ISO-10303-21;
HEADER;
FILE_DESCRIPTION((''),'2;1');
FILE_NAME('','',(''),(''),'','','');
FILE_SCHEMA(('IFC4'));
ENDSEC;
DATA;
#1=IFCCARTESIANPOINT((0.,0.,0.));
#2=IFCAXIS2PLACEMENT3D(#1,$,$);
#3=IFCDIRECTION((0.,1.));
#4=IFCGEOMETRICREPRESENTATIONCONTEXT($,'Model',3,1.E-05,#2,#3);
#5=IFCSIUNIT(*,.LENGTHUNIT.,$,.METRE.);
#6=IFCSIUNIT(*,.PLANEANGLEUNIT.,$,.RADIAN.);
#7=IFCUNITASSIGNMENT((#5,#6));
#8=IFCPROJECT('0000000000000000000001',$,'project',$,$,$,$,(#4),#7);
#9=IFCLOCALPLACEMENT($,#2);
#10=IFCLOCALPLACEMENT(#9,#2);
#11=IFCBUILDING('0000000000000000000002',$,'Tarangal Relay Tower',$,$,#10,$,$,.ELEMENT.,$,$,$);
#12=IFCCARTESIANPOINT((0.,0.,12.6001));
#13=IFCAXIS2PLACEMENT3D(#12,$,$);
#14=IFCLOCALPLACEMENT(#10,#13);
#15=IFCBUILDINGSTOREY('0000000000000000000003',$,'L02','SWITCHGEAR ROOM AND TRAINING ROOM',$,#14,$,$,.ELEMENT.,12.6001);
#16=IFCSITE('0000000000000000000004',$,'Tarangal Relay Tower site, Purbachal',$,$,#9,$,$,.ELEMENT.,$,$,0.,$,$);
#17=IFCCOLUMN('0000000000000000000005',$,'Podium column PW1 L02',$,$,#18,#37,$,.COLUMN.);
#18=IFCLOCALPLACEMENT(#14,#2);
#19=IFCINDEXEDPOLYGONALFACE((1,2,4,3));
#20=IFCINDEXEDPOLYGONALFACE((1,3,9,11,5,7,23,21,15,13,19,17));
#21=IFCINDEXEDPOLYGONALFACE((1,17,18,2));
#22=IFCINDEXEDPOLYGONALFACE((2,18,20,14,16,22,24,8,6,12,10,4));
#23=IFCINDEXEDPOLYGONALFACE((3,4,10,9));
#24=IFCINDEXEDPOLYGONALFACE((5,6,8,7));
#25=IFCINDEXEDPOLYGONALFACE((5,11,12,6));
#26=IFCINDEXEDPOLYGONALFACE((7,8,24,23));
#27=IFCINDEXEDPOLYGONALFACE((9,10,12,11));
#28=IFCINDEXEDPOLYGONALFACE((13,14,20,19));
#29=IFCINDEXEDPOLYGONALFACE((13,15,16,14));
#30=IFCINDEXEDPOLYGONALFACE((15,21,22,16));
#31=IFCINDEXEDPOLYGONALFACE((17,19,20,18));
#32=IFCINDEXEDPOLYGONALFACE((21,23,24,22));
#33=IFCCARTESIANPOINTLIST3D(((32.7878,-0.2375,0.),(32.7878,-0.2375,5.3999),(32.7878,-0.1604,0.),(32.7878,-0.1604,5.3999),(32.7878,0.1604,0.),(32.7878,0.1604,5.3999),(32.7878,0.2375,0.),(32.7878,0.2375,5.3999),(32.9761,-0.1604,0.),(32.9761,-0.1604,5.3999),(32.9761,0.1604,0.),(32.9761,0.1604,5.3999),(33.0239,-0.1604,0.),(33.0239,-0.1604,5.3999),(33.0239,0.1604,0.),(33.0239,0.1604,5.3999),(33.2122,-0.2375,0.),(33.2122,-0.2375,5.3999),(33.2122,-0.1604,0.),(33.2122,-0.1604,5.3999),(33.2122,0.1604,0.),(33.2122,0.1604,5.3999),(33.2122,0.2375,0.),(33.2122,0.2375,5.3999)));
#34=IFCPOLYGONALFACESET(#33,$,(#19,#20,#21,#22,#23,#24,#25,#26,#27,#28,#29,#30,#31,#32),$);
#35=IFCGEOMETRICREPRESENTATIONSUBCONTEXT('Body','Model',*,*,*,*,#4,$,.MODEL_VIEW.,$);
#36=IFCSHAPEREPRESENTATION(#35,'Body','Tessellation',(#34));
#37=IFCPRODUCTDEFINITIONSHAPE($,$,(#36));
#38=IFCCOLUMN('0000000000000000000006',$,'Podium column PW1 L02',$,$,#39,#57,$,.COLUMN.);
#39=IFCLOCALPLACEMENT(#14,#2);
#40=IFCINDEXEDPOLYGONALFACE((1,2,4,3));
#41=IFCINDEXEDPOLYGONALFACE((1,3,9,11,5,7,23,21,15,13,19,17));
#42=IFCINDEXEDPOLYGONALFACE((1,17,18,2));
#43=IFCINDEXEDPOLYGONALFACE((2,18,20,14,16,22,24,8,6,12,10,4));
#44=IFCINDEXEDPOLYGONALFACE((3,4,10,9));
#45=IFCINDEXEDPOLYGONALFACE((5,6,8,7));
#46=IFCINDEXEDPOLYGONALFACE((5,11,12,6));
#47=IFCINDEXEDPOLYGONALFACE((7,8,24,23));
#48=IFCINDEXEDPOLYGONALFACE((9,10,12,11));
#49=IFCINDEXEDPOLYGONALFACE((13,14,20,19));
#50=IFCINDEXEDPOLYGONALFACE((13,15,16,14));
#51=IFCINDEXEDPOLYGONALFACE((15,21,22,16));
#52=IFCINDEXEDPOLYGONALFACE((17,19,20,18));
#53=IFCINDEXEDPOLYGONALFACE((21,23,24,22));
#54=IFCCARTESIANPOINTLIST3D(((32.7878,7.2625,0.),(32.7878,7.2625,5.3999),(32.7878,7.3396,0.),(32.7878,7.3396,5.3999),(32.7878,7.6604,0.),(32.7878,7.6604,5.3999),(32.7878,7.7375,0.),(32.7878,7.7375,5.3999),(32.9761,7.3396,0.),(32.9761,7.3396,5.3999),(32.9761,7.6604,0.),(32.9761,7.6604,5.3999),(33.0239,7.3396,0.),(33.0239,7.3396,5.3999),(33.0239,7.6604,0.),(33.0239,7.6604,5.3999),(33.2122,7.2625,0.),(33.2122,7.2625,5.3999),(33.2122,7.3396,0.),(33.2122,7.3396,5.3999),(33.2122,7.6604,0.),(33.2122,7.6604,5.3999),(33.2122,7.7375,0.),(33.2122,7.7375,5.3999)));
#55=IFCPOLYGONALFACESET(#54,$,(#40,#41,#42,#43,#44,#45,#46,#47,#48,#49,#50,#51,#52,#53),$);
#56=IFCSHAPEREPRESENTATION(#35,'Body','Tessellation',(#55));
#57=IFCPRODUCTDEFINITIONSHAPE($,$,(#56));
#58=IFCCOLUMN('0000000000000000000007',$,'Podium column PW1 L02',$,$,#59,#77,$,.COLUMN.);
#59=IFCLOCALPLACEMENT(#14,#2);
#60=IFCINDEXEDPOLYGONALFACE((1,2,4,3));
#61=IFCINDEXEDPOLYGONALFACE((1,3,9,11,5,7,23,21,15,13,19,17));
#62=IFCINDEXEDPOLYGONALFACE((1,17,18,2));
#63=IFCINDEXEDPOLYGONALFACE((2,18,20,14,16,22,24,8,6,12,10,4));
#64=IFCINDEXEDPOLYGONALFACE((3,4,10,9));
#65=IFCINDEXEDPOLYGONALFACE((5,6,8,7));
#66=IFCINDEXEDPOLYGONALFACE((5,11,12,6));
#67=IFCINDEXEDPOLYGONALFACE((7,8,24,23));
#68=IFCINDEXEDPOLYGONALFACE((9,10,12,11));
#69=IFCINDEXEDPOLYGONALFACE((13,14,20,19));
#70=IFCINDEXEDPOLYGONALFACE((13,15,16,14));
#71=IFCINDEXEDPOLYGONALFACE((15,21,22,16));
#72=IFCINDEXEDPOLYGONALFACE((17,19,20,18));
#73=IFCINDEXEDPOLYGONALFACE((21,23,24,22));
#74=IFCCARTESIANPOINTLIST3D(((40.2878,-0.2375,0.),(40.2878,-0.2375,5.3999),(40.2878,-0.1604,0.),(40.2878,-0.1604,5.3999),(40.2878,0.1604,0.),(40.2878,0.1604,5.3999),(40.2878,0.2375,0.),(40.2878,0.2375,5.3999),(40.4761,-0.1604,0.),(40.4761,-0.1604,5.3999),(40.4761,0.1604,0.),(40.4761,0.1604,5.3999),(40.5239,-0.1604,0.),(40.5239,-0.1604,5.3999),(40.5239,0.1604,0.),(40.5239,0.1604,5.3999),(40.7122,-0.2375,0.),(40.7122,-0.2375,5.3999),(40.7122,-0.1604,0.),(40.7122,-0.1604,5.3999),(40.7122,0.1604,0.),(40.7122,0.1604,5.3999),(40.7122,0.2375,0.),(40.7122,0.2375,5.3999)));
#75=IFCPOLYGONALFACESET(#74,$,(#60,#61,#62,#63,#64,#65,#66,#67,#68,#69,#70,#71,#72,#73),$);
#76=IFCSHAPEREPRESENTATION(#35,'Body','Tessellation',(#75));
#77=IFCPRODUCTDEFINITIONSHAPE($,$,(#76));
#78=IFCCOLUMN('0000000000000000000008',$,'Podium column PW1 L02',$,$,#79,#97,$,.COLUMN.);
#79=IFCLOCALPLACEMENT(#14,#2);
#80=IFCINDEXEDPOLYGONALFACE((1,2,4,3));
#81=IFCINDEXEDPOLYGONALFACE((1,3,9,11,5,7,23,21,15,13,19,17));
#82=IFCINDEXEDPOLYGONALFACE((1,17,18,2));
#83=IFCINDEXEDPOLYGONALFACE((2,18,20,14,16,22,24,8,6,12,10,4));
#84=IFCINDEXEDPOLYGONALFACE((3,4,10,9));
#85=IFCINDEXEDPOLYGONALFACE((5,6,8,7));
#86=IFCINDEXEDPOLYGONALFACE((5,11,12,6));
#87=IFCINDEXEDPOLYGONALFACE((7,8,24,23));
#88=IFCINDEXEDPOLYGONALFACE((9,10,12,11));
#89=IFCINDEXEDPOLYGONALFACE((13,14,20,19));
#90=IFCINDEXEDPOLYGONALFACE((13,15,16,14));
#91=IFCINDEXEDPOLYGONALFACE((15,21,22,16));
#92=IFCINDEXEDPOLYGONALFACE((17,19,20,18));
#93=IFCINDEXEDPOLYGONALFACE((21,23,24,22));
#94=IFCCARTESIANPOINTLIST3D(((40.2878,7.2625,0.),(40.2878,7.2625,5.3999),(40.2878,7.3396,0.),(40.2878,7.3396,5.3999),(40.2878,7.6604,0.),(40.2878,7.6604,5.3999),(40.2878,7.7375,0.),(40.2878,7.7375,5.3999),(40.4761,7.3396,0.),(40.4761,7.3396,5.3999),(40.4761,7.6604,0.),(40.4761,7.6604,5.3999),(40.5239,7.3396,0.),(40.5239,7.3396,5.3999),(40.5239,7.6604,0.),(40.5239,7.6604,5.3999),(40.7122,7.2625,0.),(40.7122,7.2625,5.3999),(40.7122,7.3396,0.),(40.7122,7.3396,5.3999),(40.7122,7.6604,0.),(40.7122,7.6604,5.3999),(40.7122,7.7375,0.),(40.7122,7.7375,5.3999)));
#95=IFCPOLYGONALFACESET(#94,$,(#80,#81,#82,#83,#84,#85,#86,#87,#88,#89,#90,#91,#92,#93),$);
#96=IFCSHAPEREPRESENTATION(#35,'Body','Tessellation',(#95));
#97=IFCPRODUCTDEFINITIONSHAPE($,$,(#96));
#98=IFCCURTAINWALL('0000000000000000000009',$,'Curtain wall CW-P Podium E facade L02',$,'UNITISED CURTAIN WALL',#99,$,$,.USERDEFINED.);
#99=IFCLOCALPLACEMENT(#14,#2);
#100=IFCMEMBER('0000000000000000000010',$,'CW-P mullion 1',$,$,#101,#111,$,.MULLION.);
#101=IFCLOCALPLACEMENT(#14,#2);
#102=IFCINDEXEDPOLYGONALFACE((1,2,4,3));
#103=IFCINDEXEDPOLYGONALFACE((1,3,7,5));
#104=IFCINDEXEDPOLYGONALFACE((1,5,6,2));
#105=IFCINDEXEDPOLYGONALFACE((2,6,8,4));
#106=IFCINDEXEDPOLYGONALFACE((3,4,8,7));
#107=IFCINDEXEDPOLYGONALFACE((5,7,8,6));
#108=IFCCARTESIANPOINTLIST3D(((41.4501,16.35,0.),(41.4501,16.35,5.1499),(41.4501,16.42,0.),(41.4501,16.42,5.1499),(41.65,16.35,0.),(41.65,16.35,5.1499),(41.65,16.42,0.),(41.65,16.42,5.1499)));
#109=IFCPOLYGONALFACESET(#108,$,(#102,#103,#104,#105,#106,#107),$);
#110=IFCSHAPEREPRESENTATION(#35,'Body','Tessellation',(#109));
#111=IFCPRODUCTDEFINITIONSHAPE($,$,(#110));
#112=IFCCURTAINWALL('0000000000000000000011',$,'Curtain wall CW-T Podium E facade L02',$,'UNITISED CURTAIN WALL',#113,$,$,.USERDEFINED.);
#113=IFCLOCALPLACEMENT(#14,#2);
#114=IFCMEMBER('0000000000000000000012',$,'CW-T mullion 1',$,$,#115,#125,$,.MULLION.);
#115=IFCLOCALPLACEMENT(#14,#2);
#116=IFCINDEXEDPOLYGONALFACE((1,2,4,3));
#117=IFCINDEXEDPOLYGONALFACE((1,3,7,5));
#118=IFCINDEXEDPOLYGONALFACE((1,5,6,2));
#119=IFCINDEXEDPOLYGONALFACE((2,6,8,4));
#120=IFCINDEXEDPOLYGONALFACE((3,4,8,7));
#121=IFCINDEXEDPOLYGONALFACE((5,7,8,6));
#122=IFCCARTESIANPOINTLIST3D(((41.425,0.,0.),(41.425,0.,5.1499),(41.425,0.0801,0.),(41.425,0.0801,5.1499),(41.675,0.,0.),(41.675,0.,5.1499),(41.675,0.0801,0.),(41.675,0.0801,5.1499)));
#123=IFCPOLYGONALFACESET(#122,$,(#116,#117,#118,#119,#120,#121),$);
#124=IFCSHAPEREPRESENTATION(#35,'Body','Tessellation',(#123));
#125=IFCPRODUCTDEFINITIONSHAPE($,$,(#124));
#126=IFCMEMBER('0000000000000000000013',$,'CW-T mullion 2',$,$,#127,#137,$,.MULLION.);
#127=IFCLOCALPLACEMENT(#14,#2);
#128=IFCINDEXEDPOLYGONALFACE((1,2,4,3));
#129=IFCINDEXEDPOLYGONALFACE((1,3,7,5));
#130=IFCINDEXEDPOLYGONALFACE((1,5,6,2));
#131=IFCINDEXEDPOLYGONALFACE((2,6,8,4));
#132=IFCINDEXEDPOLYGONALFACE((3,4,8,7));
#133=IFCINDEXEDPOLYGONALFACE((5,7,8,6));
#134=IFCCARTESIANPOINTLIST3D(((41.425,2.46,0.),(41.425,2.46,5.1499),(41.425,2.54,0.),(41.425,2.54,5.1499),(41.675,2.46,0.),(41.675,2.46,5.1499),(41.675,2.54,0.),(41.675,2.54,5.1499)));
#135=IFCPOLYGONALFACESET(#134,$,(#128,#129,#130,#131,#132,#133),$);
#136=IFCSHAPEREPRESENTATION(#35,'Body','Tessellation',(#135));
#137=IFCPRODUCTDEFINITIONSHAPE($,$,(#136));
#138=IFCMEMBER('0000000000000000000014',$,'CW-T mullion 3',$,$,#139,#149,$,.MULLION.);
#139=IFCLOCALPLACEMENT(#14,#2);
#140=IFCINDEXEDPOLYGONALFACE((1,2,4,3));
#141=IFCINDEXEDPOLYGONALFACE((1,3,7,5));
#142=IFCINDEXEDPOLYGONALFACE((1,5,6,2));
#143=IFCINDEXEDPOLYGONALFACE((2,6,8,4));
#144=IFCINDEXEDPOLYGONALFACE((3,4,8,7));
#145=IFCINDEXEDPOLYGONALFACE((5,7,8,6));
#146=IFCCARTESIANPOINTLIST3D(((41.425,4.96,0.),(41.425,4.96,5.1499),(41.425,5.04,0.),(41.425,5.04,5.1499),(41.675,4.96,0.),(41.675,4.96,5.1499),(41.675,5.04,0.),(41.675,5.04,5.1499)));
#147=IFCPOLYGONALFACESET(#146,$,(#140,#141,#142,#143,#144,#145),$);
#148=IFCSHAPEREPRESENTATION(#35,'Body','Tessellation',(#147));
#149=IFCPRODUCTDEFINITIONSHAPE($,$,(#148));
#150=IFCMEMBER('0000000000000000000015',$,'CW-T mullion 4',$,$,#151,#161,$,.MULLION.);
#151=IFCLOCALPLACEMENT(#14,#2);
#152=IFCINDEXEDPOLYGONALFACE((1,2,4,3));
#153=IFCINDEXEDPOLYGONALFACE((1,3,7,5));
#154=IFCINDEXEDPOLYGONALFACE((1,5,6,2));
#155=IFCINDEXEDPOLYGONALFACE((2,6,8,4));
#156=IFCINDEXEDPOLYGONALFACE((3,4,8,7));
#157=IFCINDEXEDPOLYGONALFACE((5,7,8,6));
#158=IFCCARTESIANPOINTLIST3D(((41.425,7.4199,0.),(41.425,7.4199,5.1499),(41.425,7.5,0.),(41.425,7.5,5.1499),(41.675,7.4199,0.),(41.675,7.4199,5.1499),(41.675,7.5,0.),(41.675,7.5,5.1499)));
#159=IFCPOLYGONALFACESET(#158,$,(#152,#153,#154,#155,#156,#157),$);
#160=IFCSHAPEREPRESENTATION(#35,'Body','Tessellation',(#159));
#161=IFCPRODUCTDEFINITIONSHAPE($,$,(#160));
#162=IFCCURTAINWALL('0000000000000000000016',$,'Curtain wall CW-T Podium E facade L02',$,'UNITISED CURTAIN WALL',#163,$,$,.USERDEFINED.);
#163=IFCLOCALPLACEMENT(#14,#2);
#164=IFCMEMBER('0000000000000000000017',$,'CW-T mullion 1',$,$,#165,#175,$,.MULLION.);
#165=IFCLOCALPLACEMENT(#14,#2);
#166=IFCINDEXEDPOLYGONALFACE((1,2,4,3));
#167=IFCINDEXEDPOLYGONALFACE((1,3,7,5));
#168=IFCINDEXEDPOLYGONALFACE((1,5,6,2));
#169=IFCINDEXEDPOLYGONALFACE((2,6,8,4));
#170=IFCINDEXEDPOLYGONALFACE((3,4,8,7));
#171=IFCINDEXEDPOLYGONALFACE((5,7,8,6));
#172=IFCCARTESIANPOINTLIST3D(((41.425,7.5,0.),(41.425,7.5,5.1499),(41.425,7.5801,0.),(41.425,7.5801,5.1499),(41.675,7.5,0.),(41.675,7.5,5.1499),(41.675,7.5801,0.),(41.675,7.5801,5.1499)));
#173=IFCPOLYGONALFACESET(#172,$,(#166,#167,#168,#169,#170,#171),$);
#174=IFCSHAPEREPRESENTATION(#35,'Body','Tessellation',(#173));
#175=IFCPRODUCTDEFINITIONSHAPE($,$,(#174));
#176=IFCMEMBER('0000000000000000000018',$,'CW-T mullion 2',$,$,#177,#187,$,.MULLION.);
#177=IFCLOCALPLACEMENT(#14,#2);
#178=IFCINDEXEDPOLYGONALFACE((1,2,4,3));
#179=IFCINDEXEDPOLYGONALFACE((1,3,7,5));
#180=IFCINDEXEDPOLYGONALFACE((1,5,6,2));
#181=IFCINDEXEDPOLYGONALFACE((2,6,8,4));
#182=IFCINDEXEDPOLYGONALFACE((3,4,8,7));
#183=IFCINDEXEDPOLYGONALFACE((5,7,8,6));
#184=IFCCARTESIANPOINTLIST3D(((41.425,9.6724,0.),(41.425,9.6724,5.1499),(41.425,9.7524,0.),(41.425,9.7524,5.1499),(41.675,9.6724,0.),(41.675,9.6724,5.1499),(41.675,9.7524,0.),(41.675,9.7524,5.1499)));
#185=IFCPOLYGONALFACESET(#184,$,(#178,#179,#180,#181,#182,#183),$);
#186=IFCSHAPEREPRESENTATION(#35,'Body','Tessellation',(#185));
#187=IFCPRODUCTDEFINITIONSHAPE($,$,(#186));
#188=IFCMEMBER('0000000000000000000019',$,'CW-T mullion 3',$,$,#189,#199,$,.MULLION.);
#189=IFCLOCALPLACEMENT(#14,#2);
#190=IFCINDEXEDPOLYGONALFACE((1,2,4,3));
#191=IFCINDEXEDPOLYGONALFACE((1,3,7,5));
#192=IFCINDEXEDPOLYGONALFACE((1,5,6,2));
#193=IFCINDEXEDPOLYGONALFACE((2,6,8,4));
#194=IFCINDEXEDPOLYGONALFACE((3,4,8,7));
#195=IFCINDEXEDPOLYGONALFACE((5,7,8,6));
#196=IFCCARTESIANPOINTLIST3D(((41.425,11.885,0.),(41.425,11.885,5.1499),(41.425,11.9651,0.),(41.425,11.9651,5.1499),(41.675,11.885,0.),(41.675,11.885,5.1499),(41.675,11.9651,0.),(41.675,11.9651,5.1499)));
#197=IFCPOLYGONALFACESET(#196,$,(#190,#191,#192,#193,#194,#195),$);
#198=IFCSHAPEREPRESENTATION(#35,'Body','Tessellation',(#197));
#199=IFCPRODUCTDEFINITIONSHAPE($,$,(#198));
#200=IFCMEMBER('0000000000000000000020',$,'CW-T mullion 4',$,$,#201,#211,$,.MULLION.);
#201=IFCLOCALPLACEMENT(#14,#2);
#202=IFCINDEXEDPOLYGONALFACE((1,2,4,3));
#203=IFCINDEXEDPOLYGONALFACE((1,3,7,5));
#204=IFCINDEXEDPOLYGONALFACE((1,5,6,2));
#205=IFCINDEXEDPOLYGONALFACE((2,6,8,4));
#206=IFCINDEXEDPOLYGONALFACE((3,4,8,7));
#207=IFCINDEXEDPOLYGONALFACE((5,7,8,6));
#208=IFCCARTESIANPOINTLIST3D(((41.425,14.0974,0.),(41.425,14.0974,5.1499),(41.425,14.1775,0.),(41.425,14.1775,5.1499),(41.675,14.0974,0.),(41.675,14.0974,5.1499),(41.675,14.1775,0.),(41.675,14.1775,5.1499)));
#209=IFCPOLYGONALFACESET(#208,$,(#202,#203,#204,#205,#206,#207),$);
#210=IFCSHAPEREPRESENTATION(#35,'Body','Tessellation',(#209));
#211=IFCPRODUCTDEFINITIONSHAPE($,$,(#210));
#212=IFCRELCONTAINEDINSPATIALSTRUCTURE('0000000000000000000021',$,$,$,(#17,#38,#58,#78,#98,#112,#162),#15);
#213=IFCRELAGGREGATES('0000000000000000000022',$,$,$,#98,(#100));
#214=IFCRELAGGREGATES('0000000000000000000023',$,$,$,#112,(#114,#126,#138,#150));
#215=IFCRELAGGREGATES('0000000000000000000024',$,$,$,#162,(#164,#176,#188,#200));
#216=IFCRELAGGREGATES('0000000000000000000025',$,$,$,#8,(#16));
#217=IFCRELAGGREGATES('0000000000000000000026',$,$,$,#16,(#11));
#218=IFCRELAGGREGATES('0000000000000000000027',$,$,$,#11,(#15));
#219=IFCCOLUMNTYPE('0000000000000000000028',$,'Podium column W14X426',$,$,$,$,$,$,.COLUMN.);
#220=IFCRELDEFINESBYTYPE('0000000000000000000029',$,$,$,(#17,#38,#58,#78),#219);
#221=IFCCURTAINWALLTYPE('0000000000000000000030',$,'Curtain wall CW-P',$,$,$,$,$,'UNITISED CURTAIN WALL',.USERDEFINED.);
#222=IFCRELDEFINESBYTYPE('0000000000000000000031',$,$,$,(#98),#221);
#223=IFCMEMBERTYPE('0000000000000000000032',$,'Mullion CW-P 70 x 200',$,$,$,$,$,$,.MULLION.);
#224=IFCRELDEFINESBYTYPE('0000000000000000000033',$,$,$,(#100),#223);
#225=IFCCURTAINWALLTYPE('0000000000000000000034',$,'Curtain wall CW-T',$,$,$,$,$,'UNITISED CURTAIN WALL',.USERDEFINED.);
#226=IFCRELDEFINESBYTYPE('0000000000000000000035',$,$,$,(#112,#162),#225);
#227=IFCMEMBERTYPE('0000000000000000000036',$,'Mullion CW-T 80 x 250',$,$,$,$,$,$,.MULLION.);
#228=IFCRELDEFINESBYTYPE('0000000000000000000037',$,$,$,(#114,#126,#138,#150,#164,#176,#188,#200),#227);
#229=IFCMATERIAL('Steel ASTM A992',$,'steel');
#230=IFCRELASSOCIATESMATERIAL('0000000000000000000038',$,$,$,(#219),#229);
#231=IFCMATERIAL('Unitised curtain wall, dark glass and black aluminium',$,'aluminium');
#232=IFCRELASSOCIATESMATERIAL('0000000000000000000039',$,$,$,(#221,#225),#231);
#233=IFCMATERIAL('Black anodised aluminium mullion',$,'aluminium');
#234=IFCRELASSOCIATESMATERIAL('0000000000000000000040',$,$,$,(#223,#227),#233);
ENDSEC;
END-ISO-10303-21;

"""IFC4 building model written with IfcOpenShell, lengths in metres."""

from ifc_helpers import new_model, si_unit, direction, frame, origin, origin_2d, place, context, subcontext, project, spatial, rectangle, i_section, extrude, material, material_profile, profile_set, type_object, element, aggregate, save


model = new_model("IFC4")

# Units and contexts
model_context = context("Model", 3, precision=1e-05, world=origin(), true_north=direction((0.0, 1.0)))
body_context = subcontext(model_context, "Body", "Model", "MODEL_VIEW")
ifc_project = project(units=[si_unit("LENGTHUNIT", "METRE"), si_unit("PLANEANGLEUNIT", "RADIAN")], contexts=[model_context])

# Site, building, storey
site_placement = place(None, origin())
site = spatial("IfcSite", under=ifc_project, at=site_placement, Name="Tarangal Relay Tower site, Purbachal", CompositionType="ELEMENT", RefElevation=0.0)
building_placement = place(site_placement, origin())
building = spatial("IfcBuilding", under=site, at=building_placement, Name="Tarangal Relay Tower", CompositionType="ELEMENT")
storey_placement = place(building_placement, frame((0.0, 0.0, 12.6001)))
storey = spatial("IfcBuildingStorey", under=building, at=storey_placement, Name="L02", Description="SWITCHGEAR ROOM AND TRAINING ROOM", CompositionType="ELEMENT", Elevation=12.6001)

# Columns
ifc_material_1 = material(Name="Steel ASTM A992", Category="steel")
ifc_material_profile_1 = material_profile(ifc_material_1, i_section(OverallWidth=0.4243, OverallDepth=0.4751, WebThickness=0.0479, FlangeThickness=0.0771, at=origin_2d()), Name="W14X426")
ifc_profile_set_1 = profile_set([ifc_material_profile_1], Name="Steel ASTM A992")
column_type = type_object("IfcColumnType", Name="Podium column W14X426", PredefinedType="COLUMN", material=ifc_profile_set_1)
for number, where, z_axis, x_axis, name in (
    (1, (33.0, 0.0, 0.0), (0.0, 0.0, 1.0), (1.0, 0.0, 0.0), "Podium column PW1 L02"),
    (2, (33.0, 7.5, 0.0), (0.0, 0.0, 1.0), (1.0, 0.0, 0.0), "Podium column PW1 L02"),
    (3, (40.5, 0.0, 0.0), (0.0, 0.0, 1.0), (1.0, 0.0, 0.0), "Podium column PW1 L02"),
    (4, (40.5, 7.5, 0.0), (0.0, 0.0, 1.0), (1.0, 0.0, 0.0), "Podium column PW1 L02"),
):
    element("IfcColumn", number, at=place(storey_placement, frame(where, z_axis=z_axis, x_axis=x_axis)), inside=storey, type_object=column_type, Name=name, PredefinedType="COLUMN", context=body_context, shape_type="SweptSolid", body=[
        extrude(i_section(OverallWidth=0.4243, OverallDepth=0.4751, WebThickness=0.0479, FlangeThickness=0.0771, at=origin_2d()), origin(), (0.0, 0.0, 1.0), 5.3999),
    ])

# Curtain wall, member
ifc_material_2 = material(Name="Unitised curtain wall, dark glass and black aluminium", Category="aluminium")
curtain_wall_type_1 = type_object("IfcCurtainWallType", Name="Curtain wall CW-P", ElementType="UNITISED CURTAIN WALL", PredefinedType="USERDEFINED", material=ifc_material_2)
curtain_wall_1_placement = place(storey_placement, origin())
curtain_wall_1 = element("IfcCurtainWall", 5, at=curtain_wall_1_placement, inside=storey, type_object=curtain_wall_type_1, Name="Curtain wall CW-P Podium E facade L02", ObjectType="UNITISED CURTAIN WALL", PredefinedType="USERDEFINED")
ifc_material_3 = material(Name="Black anodised aluminium mullion", Category="aluminium")
ifc_material_profile_2 = material_profile(ifc_material_3, rectangle(XDim=0.2, YDim=0.0701, at=origin_2d()), Name="CW-PM 70X200")
ifc_profile_set_2 = profile_set([ifc_material_profile_2], Name="Black anodised aluminium mullion")
member_type_1 = type_object("IfcMemberType", Name="Mullion CW-P 70 x 200", PredefinedType="MULLION", material=ifc_profile_set_2)
member_1_placement = place(storey_placement, frame((41.55, 16.385, 0.0), z_axis=(0.0, 0.0, 1.0), x_axis=(-1.0, 0.0, 0.0)))
member_1 = element("IfcMember", 6, at=member_1_placement, type_object=member_type_1, Name="CW-P mullion 1", PredefinedType="MULLION", context=body_context, shape_type="SweptSolid", body=[
    extrude(rectangle(XDim=0.2, YDim=0.0701, at=origin_2d()), origin(), (0.0, 0.0, 1.0), 5.1499),
])
aggregate(curtain_wall_1, [member_1])

# Curtain walls, members
curtain_wall_type_2 = type_object("IfcCurtainWallType", Name="Curtain wall CW-T", ElementType="UNITISED CURTAIN WALL", PredefinedType="USERDEFINED", material=ifc_material_2)
curtain_wall_2_placement = place(storey_placement, origin())
curtain_wall_2 = element("IfcCurtainWall", 7, at=curtain_wall_2_placement, inside=storey, type_object=curtain_wall_type_2, Name="Curtain wall CW-T Podium E facade L02", ObjectType="UNITISED CURTAIN WALL", PredefinedType="USERDEFINED")
ifc_material_profile_3 = material_profile(ifc_material_3, rectangle(XDim=0.25, YDim=0.0801, at=origin_2d()), Name="CW-TM 80X250")
ifc_profile_set_3 = profile_set([ifc_material_profile_3], Name="Black anodised aluminium mullion")
member_type_2 = type_object("IfcMemberType", Name="Mullion CW-T 80 x 250", PredefinedType="MULLION", material=ifc_profile_set_3)
member_2_placement = place(storey_placement, frame((41.55, 0.04, 0.0), z_axis=(0.0, 0.0, 1.0), x_axis=(-1.0, 0.0, 0.0)))
member_2 = element("IfcMember", 8, at=member_2_placement, type_object=member_type_2, Name="CW-T mullion 1", PredefinedType="MULLION", context=body_context, shape_type="SweptSolid", body=[
    extrude(rectangle(XDim=0.25, YDim=0.0801, at=origin_2d()), origin(), (0.0, 0.0, 1.0), 5.1499),
])
member_3_placement = place(storey_placement, frame((41.55, 2.5, 0.0), z_axis=(0.0, 0.0, 1.0), x_axis=(-1.0, 0.0, 0.0)))
member_3 = element("IfcMember", 9, at=member_3_placement, type_object=member_type_2, Name="CW-T mullion 2", PredefinedType="MULLION", context=body_context, shape_type="SweptSolid", body=[
    extrude(rectangle(XDim=0.25, YDim=0.0801, at=origin_2d()), origin(), (0.0, 0.0, 1.0), 5.1499),
])
member_4_placement = place(storey_placement, frame((41.55, 5.0, 0.0), z_axis=(0.0, 0.0, 1.0), x_axis=(-1.0, 0.0, 0.0)))
member_4 = element("IfcMember", 10, at=member_4_placement, type_object=member_type_2, Name="CW-T mullion 3", PredefinedType="MULLION", context=body_context, shape_type="SweptSolid", body=[
    extrude(rectangle(XDim=0.25, YDim=0.0801, at=origin_2d()), origin(), (0.0, 0.0, 1.0), 5.1499),
])
member_5_placement = place(storey_placement, frame((41.55, 7.46, 0.0), z_axis=(0.0, 0.0, 1.0), x_axis=(-1.0, 0.0, 0.0)))
member_5 = element("IfcMember", 11, at=member_5_placement, type_object=member_type_2, Name="CW-T mullion 4", PredefinedType="MULLION", context=body_context, shape_type="SweptSolid", body=[
    extrude(rectangle(XDim=0.25, YDim=0.0801, at=origin_2d()), origin(), (0.0, 0.0, 1.0), 5.1499),
])
curtain_wall_3_placement = place(storey_placement, origin())
curtain_wall_3 = element("IfcCurtainWall", 12, at=curtain_wall_3_placement, inside=storey, type_object=curtain_wall_type_2, Name="Curtain wall CW-T Podium E facade L02", ObjectType="UNITISED CURTAIN WALL", PredefinedType="USERDEFINED")
member_6_placement = place(storey_placement, frame((41.55, 7.54, 0.0), z_axis=(0.0, 0.0, 1.0), x_axis=(-1.0, 0.0, 0.0)))
member_6 = element("IfcMember", 13, at=member_6_placement, type_object=member_type_2, Name="CW-T mullion 1", PredefinedType="MULLION", context=body_context, shape_type="SweptSolid", body=[
    extrude(rectangle(XDim=0.25, YDim=0.0801, at=origin_2d()), origin(), (0.0, 0.0, 1.0), 5.1499),
])
member_7_placement = place(storey_placement, frame((41.55, 9.7124, 0.0), z_axis=(0.0, 0.0, 1.0), x_axis=(-1.0, 0.0, 0.0)))
member_7 = element("IfcMember", 14, at=member_7_placement, type_object=member_type_2, Name="CW-T mullion 2", PredefinedType="MULLION", context=body_context, shape_type="SweptSolid", body=[
    extrude(rectangle(XDim=0.25, YDim=0.0801, at=origin_2d()), origin(), (0.0, 0.0, 1.0), 5.1499),
])
member_8_placement = place(storey_placement, frame((41.55, 11.925, 0.0), z_axis=(0.0, 0.0, 1.0), x_axis=(-1.0, 0.0, 0.0)))
member_8 = element("IfcMember", 15, at=member_8_placement, type_object=member_type_2, Name="CW-T mullion 3", PredefinedType="MULLION", context=body_context, shape_type="SweptSolid", body=[
    extrude(rectangle(XDim=0.25, YDim=0.0801, at=origin_2d()), origin(), (0.0, 0.0, 1.0), 5.1499),
])
member_9_placement = place(storey_placement, frame((41.55, 14.1375, 0.0), z_axis=(0.0, 0.0, 1.0), x_axis=(-1.0, 0.0, 0.0)))
member_9 = element("IfcMember", 16, at=member_9_placement, type_object=member_type_2, Name="CW-T mullion 4", PredefinedType="MULLION", context=body_context, shape_type="SweptSolid", body=[
    extrude(rectangle(XDim=0.25, YDim=0.0801, at=origin_2d()), origin(), (0.0, 0.0, 1.0), 5.1499),
])

aggregate(curtain_wall_2, [member_2, member_3, member_4, member_5])
aggregate(curtain_wall_3, [member_6, member_7, member_8, member_9])

save(model, "model.ifc")
